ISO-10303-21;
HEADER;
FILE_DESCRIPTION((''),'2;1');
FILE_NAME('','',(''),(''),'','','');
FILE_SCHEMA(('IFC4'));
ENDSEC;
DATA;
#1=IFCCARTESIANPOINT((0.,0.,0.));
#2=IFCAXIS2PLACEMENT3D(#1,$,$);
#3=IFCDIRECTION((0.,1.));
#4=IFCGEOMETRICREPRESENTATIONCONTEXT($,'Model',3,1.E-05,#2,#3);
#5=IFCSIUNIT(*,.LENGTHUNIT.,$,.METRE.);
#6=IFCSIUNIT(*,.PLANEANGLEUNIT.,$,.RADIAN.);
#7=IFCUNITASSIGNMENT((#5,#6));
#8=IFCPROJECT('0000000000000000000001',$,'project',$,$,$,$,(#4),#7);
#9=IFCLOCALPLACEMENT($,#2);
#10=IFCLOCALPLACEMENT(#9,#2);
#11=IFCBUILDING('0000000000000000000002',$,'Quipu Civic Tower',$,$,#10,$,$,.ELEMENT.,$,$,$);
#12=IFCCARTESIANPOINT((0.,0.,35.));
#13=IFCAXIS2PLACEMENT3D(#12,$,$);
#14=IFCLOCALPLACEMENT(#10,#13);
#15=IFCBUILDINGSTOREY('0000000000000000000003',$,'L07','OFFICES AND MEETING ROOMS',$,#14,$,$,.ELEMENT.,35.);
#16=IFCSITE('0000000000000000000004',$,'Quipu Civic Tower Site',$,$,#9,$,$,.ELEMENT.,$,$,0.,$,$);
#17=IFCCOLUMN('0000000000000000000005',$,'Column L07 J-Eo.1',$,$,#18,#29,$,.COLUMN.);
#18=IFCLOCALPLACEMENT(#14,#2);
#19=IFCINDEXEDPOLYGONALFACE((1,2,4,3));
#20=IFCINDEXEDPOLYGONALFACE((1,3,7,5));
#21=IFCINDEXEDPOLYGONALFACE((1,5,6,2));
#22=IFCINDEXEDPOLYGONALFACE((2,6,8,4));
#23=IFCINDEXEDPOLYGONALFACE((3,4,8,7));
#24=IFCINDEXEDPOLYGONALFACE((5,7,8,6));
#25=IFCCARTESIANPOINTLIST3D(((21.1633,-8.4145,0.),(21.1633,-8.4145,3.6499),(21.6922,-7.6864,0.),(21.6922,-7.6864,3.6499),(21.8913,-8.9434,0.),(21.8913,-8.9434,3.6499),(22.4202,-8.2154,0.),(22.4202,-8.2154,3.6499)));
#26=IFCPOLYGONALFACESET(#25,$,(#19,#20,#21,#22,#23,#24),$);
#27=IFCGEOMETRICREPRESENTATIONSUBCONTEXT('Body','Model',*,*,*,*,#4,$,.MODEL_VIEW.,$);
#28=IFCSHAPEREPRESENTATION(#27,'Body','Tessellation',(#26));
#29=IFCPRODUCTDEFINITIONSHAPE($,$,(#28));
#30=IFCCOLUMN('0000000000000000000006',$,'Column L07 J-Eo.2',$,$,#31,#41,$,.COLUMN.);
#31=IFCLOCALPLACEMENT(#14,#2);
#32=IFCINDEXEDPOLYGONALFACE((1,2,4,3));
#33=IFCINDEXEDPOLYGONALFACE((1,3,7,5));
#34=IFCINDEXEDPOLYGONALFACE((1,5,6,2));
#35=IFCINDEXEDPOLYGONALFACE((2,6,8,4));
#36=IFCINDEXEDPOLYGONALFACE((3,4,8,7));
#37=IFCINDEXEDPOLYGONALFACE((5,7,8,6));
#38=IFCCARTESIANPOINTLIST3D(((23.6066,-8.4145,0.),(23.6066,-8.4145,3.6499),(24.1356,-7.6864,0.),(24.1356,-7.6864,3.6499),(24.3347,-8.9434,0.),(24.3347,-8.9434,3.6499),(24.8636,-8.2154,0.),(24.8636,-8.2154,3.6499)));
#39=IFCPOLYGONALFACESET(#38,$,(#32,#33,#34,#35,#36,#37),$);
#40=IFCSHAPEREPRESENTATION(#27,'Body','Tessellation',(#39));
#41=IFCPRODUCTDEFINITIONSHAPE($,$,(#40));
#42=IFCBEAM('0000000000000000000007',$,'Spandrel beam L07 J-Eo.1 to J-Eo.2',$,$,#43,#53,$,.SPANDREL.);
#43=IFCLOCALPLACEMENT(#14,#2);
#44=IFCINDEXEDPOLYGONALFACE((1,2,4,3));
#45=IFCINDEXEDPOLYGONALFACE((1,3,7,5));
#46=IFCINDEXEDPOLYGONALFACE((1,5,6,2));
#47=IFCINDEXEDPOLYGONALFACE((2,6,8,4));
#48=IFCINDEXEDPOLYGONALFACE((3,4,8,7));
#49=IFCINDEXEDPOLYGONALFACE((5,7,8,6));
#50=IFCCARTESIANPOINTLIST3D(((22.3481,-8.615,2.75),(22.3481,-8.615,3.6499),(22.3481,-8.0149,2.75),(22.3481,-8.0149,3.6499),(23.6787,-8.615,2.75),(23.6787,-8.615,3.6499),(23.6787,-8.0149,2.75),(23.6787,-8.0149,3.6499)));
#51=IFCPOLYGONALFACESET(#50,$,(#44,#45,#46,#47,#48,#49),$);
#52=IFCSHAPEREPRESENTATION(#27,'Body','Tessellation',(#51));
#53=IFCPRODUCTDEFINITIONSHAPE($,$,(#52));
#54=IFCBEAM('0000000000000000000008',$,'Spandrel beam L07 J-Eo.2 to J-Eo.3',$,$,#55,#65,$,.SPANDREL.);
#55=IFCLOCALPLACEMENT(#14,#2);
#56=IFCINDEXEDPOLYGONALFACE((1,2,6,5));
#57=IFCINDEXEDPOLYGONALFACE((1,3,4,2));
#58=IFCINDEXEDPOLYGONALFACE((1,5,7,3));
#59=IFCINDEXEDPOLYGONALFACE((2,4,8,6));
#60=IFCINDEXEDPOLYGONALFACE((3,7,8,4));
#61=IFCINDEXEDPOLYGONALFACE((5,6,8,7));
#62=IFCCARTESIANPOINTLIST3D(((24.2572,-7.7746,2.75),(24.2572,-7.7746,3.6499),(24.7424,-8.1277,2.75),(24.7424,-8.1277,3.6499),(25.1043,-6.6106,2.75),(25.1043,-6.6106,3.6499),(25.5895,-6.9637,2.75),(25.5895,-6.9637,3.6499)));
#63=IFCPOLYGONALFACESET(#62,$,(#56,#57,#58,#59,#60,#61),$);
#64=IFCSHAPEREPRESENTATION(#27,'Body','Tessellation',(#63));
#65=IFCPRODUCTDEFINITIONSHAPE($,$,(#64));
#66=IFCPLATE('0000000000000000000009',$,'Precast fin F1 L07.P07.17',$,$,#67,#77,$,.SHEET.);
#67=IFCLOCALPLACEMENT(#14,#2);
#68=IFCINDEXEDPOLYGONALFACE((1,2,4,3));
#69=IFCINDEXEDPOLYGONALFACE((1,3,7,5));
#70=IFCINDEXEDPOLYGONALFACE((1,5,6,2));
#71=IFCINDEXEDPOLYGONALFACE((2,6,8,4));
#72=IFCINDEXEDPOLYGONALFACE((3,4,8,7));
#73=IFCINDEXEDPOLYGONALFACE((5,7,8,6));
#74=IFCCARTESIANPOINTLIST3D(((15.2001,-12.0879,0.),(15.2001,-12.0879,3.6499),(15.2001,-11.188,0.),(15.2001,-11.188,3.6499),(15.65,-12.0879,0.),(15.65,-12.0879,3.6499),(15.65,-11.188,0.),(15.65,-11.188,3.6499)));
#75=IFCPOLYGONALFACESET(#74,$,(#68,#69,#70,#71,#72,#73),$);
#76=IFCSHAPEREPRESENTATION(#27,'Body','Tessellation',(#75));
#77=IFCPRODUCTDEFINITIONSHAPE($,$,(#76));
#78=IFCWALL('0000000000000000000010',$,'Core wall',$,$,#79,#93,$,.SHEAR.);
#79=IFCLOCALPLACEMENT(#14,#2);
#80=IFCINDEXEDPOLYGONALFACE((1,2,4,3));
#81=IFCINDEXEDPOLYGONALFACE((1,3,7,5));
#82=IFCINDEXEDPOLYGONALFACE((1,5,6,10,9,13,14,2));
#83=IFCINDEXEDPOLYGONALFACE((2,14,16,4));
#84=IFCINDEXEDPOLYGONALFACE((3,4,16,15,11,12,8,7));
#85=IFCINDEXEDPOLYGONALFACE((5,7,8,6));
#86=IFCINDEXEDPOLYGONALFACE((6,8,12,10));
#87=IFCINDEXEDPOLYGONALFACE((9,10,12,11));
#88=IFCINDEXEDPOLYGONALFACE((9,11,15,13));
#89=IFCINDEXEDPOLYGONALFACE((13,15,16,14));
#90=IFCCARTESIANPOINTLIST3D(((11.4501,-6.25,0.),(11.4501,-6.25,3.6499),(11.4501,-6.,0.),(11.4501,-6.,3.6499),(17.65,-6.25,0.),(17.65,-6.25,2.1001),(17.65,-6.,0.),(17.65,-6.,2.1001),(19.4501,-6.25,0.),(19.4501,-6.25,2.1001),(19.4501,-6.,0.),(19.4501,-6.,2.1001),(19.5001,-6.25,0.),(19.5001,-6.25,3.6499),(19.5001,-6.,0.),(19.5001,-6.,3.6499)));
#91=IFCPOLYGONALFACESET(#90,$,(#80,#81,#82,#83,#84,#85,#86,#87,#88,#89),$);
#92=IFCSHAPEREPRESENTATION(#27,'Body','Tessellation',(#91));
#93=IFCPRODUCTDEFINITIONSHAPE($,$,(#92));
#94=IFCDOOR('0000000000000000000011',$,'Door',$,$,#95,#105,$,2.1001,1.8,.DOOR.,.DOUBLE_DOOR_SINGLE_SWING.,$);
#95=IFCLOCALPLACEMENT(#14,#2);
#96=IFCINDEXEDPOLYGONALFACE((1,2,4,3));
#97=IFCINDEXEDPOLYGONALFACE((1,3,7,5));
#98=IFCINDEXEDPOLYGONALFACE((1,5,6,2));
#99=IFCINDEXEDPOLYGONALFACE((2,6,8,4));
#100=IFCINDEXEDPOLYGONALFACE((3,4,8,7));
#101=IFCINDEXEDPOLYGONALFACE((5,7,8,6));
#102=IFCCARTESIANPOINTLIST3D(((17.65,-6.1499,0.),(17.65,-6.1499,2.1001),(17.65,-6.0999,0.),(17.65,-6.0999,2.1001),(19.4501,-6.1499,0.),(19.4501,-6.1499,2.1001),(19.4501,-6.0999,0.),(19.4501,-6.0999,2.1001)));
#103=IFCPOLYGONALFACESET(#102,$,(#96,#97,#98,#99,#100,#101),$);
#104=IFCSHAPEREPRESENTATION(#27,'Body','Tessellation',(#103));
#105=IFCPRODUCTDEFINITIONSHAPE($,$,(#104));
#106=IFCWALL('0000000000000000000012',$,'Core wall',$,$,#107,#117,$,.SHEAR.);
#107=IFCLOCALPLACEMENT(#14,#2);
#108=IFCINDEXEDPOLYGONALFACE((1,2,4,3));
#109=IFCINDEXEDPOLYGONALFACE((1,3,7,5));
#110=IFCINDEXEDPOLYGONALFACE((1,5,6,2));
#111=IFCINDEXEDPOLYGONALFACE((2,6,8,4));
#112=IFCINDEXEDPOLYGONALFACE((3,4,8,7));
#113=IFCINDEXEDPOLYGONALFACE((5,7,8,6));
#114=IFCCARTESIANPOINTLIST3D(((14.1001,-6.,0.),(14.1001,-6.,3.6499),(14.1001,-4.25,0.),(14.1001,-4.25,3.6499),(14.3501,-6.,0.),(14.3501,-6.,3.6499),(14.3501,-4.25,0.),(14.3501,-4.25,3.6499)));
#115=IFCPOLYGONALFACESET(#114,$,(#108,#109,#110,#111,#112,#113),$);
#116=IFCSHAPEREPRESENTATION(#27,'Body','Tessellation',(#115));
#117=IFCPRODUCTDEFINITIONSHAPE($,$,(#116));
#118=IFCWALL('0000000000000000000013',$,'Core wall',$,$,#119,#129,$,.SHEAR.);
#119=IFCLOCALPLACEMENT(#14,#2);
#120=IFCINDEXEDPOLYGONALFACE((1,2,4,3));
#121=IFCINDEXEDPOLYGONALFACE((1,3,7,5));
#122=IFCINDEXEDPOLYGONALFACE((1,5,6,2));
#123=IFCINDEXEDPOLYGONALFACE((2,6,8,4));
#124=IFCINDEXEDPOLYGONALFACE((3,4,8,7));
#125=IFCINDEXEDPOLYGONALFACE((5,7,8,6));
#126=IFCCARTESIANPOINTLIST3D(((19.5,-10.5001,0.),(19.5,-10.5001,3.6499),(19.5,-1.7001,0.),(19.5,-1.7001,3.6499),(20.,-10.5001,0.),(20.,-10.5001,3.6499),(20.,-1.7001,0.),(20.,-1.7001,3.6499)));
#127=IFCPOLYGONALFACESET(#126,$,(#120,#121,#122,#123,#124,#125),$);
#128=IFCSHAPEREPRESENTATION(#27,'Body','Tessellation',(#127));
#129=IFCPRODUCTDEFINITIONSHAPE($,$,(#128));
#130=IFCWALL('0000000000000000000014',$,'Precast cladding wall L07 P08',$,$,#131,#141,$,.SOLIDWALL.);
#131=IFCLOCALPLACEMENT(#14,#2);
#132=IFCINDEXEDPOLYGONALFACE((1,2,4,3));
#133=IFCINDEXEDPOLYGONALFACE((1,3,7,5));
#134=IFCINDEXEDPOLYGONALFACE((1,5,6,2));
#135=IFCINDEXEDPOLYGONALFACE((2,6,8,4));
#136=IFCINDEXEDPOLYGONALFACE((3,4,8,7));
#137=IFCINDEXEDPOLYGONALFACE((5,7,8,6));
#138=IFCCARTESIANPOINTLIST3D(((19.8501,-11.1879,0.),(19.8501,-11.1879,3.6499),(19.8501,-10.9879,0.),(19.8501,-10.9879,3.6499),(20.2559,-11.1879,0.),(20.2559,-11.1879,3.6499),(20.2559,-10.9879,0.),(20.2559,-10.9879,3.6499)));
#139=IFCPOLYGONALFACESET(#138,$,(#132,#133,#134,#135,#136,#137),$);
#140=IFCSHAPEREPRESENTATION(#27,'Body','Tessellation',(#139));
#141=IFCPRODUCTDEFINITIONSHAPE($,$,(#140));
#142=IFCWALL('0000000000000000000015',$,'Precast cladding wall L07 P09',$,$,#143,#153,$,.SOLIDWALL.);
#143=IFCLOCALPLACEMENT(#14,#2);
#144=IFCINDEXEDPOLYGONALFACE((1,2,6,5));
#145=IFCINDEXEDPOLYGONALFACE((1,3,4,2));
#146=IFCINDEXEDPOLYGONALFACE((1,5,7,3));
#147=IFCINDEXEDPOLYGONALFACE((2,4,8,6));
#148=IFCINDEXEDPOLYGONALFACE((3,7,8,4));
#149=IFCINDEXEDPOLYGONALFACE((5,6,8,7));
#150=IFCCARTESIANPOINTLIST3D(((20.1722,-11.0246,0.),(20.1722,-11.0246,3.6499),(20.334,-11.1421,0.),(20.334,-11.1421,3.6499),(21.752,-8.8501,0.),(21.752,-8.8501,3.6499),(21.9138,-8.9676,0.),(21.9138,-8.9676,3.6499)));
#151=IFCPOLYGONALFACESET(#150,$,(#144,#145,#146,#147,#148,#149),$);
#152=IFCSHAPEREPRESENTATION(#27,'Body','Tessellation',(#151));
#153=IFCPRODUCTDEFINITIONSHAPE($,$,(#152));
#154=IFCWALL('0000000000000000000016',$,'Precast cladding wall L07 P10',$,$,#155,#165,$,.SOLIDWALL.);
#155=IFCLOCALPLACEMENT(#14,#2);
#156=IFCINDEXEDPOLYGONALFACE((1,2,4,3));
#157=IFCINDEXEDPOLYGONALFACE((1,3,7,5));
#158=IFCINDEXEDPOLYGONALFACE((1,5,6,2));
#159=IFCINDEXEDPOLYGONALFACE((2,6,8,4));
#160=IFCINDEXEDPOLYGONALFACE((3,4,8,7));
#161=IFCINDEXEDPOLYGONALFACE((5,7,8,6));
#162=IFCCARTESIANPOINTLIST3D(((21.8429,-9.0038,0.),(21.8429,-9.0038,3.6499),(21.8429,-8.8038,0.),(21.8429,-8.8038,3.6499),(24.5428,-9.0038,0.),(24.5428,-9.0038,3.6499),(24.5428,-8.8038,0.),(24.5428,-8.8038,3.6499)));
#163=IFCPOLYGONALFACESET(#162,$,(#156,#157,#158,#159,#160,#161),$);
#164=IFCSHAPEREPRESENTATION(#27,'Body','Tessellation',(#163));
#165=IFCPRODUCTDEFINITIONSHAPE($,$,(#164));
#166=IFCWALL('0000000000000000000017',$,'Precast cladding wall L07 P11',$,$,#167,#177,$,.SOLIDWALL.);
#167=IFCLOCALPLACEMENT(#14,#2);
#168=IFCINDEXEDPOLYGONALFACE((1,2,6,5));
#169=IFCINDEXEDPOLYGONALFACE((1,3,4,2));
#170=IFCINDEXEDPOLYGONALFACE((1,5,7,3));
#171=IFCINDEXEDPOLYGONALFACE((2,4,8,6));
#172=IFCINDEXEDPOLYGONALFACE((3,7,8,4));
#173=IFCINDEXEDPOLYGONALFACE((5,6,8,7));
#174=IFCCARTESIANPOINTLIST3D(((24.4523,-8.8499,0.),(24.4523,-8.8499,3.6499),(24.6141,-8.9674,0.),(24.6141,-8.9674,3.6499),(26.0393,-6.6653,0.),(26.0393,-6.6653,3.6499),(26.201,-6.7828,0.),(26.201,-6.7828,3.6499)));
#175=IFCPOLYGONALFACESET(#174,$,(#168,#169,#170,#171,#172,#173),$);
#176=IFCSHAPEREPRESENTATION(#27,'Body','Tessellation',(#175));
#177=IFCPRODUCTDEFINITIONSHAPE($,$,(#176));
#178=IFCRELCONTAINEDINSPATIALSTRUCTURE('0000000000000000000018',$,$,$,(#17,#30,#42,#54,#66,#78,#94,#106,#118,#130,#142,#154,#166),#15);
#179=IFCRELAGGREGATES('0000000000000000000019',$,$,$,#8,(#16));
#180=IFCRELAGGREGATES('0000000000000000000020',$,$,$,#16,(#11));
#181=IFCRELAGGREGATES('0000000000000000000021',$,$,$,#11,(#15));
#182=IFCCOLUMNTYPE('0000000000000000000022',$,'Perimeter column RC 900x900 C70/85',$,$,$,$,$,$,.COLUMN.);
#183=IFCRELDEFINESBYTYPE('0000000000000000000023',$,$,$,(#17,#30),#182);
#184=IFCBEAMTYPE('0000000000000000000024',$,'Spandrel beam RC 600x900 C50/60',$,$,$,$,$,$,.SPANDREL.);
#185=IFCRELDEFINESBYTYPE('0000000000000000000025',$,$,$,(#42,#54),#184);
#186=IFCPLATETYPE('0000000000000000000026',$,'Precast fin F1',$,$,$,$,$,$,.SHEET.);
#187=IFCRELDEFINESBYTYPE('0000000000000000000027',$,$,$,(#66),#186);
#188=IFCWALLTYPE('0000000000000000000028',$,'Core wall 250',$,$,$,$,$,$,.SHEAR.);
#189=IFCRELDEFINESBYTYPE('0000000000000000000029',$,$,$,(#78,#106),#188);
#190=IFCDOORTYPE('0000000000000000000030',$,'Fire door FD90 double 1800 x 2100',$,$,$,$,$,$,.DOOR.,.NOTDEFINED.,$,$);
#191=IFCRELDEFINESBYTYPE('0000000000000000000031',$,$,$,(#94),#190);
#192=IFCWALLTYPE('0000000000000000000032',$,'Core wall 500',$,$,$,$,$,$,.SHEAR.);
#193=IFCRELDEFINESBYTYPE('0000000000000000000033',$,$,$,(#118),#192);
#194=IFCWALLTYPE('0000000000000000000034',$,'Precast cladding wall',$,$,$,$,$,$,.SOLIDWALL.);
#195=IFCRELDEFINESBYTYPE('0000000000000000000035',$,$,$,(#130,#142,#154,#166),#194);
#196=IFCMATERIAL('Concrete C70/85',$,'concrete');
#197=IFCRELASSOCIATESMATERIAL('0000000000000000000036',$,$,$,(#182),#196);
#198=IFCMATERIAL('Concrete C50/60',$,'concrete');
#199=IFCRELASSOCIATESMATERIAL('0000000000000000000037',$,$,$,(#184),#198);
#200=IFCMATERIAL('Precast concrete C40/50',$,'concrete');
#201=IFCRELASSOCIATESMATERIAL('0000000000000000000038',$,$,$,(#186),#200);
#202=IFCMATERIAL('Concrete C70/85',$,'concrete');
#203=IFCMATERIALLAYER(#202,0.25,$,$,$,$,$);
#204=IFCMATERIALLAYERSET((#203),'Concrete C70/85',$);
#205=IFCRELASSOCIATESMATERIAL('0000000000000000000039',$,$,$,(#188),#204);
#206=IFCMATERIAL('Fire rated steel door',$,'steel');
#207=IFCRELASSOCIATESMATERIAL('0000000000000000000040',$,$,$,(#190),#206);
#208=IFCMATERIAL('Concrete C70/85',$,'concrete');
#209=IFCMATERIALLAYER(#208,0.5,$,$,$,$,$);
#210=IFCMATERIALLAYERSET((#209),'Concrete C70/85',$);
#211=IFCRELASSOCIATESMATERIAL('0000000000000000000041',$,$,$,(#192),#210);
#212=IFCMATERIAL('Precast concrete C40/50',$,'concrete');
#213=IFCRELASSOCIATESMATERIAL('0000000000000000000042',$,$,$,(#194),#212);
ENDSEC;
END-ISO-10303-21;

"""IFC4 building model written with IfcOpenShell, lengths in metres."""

from ifc_helpers import new_model, si_unit, direction, frame, frame_2d, origin, origin_2d, place, context, subcontext, project, spatial, rectangle, extrude, material, layer, layer_set, material_profile, profile_set, type_object, element, fill, save


model = new_model("IFC4")

# Units and contexts
model_context = context("Model", 3, precision=1e-05, world=origin(), true_north=direction((0.0, 1.0)))
body_context = subcontext(model_context, "Body", "Model", "MODEL_VIEW")
ifc_project = project(units=[si_unit("LENGTHUNIT", "METRE"), si_unit("PLANEANGLEUNIT", "RADIAN")], contexts=[model_context])

# Site, building, storey
site_placement = place(None, origin())
site = spatial("IfcSite", under=ifc_project, at=site_placement, Name="Quipu Civic Tower Site", CompositionType="ELEMENT", RefElevation=0.0)
building_placement = place(site_placement, origin())
building = spatial("IfcBuilding", under=site, at=building_placement, Name="Quipu Civic Tower", CompositionType="ELEMENT")
storey_placement = place(building_placement, frame((0.0, 0.0, 35.0)))
storey = spatial("IfcBuildingStorey", under=building, at=storey_placement, Name="L07", Description="OFFICES AND MEETING ROOMS", CompositionType="ELEMENT", Elevation=35.0)

# Columns
ifc_material_1 = material(Name="Concrete C70/85", Category="concrete")
ifc_material_profile_1 = material_profile(ifc_material_1, rectangle(XDim=0.8999, YDim=0.8999, at=origin_2d()), Name="RC900x900")
ifc_profile_set_1 = profile_set([ifc_material_profile_1], Name="Concrete C70/85")
column_type = type_object("IfcColumnType", Name="Perimeter column RC 900x900 C70/85", PredefinedType="COLUMN", material=ifc_profile_set_1)
for number, where, z_axis, x_axis, name in (
    (1, (21.7917, -8.3149, 0.0), (0.0, 0.0, 1.0), (0.587785, 0.809017, 0.0), "Column L07 J-Eo.1"),
    (2, (24.2351, -8.3149, 0.0), (0.0, 0.0, 1.0), (0.587785, 0.809017, 0.0), "Column L07 J-Eo.2"),
):
    element("IfcColumn", number, at=place(storey_placement, frame(where, z_axis=z_axis, x_axis=x_axis)), inside=storey, type_object=column_type, Name=name, PredefinedType="COLUMN", context=body_context, shape_type="SweptSolid", body=[
        extrude(rectangle(XDim=0.8999, YDim=0.8999, at=origin_2d()), origin(), (0.0, 0.0, 1.0), 3.6499),
    ])

# Beams
ifc_material_2 = material(Name="Concrete C50/60", Category="concrete")
ifc_material_profile_2 = material_profile(ifc_material_2, rectangle(XDim=0.6001, YDim=0.8999, at=origin_2d()), Name="RC600x900")
ifc_profile_set_2 = profile_set([ifc_material_profile_2], Name="Concrete C50/60")
beam_type = type_object("IfcBeamType", Name="Spandrel beam RC 600x900 C50/60", PredefinedType="SPANDREL", material=ifc_profile_set_2)
beam_1_placement = place(storey_placement, frame((22.3481, -8.3149, 3.2), z_axis=(1.0, 0.0, 0.0), x_axis=(0.0, 1.0, 0.0)))
element("IfcBeam", 3, at=beam_1_placement, inside=storey, type_object=beam_type, Name="Spandrel beam L07 J-Eo.1 to J-Eo.2", PredefinedType="SPANDREL", context=body_context, shape_type="SweptSolid", body=[
    extrude(rectangle(XDim=0.6001, YDim=0.8999, at=origin_2d()), origin(), (0.0, 0.0, 1.0), 1.3306),
])
beam_2_placement = place(storey_placement, frame((24.4998, -7.9512, 3.2), z_axis=(0.588434, 0.808545, 0.0), x_axis=(-0.808545, 0.588434, 0.0)))
element("IfcBeam", 4, at=beam_2_placement, inside=storey, type_object=beam_type, Name="Spandrel beam L07 J-Eo.2 to J-Eo.3", PredefinedType="SPANDREL", context=body_context, shape_type="SweptSolid", body=[
    extrude(rectangle(XDim=0.6001, YDim=0.8999, at=origin_2d()), origin(), (0.0, 0.0, 1.0), 1.4397),
])

# Plate
ifc_material_3 = material(Name="Precast concrete C40/50", Category="concrete")
plate_type = type_object("IfcPlateType", Name="Precast fin F1", PredefinedType="SHEET", material=ifc_material_3)
plate_placement = place(storey_placement, frame((15.425, -11.6379, 0.0), z_axis=(0.0, 0.0, 1.0), x_axis=(1.0, 0.0, 0.0)))
element("IfcPlate", 5, at=plate_placement, inside=storey, type_object=plate_type, Name="Precast fin F1 L07.P07.17", PredefinedType="SHEET", context=body_context, shape_type="SweptSolid", body=[
    extrude(rectangle(XDim=0.45, YDim=0.8999, at=origin_2d()), origin(), (0.0, 0.0, 1.0), 3.6499),
])

# Wall, opening, door
ifc_material_4 = material(Name="Concrete C70/85", Category="concrete")
ifc_layer_1 = layer(ifc_material_4, 0.25)
ifc_layer_set_1 = layer_set([ifc_layer_1], Name="Concrete C70/85")
wall_type_1 = type_object("IfcWallType", Name="Core wall 250", PredefinedType="SHEAR", material=ifc_layer_set_1)
wall_1_placement = place(storey_placement, frame((19.5, -6.125, 0.0), z_axis=(0.0, 0.0, 1.0), x_axis=(-1.0, 0.0, 0.0)))
wall_1 = element("IfcWall", 6, at=wall_1_placement, inside=storey, type_object=wall_type_1, Name="Core wall", PredefinedType="SHEAR", context=body_context, shape_type="SweptSolid", body=[
    extrude(rectangle(XDim=8.05, YDim=0.25, at=frame_2d((4.0249, 0.0))), origin(), (0.0, 0.0, 1.0), 3.6499),
])
opening_placement = place(wall_1_placement, frame((0.05, 0.0, 0.0)))
opening = element("IfcOpeningElement", 7, at=opening_placement, cuts=wall_1, PredefinedType="OPENING", context=body_context, shape_type="SweptSolid", body=[
    extrude(rectangle(XDim=1.8, YDim=2.1001, at=frame_2d((0.8999, 1.05))), frame((0.0, 0.135, 0.0), z_axis=(0.0, -1.0, 0.0), x_axis=(1.0, 0.0, 0.0)), (0.0, 0.0, 1.0), 0.27),
])
ifc_material_5 = material(Name="Fire rated steel door", Category="steel")
door_type = type_object("IfcDoorType", Name="Fire door FD90 double 1800 x 2100", OperationType="NOTDEFINED", PredefinedType="DOOR", material=ifc_material_5)
door_placement = place(opening_placement, origin())
door = element("IfcDoor", 8, at=door_placement, inside=storey, type_object=door_type, Name="Door", OperationType="DOUBLE_DOOR_SINGLE_SWING", OverallHeight=2.1001, OverallWidth=1.8, PredefinedType="DOOR", context=body_context, shape_type="SweptSolid", body=[
    extrude(rectangle(XDim=1.8, YDim=2.1001, at=frame_2d((0.8999, 1.05))), frame((0.0, 0.0249, 0.0), z_axis=(0.0, -1.0, 0.0), x_axis=(1.0, 0.0, 0.0)), (0.0, 0.0, 1.0), 0.05),
])
fill(opening, door)

# Walls
wall_2_placement = place(storey_placement, frame((14.2251, -6.0, 0.0), z_axis=(0.0, 0.0, 1.0), x_axis=(0.0, 1.0, 0.0)))
element("IfcWall", 9, at=wall_2_placement, inside=storey, type_object=wall_type_1, Name="Core wall", PredefinedType="SHEAR", context=body_context, shape_type="SweptSolid", body=[
    extrude(rectangle(XDim=1.75, YDim=0.25, at=frame_2d((0.875, 0.0))), origin(), (0.0, 0.0, 1.0), 3.6499),
])
ifc_material_6 = material(Name="Concrete C70/85", Category="concrete")
ifc_layer_2 = layer(ifc_material_6, 0.5)
ifc_layer_set_2 = layer_set([ifc_layer_2], Name="Concrete C70/85")
wall_type_2 = type_object("IfcWallType", Name="Core wall 500", PredefinedType="SHEAR", material=ifc_layer_set_2)
wall_3_placement = place(storey_placement, frame((19.75, -10.5, 0.0), z_axis=(0.0, 0.0, 1.0), x_axis=(0.0, 1.0, 0.0)))
element("IfcWall", 10, at=wall_3_placement, inside=storey, type_object=wall_type_2, Name="Core wall", PredefinedType="SHEAR", context=body_context, shape_type="SweptSolid", body=[
    extrude(rectangle(XDim=8.8, YDim=0.5, at=frame_2d((4.3999, 0.0))), origin(), (0.0, 0.0, 1.0), 3.6499),
])
ifc_material_7 = material(Name="Precast concrete C40/50", Category="concrete")
wall_type_3 = type_object("IfcWallType", Name="Precast cladding wall", PredefinedType="SOLIDWALL", material=ifc_material_7)
wall_4_placement = place(storey_placement, frame((19.8501, -11.0879, 0.0), z_axis=(0.0, 0.0, 1.0), x_axis=(1.0, 0.0, 0.0)))
element("IfcWall", 11, at=wall_4_placement, inside=storey, type_object=wall_type_3, Name="Precast cladding wall L07 P08", PredefinedType="SOLIDWALL", context=body_context, shape_type="SweptSolid", body=[
    extrude(rectangle(XDim=0.4058, YDim=0.2, at=frame_2d((0.2029, 0.0))), origin(), (0.0, 0.0, 1.0), 3.6499),
])
wall_5_placement = place(storey_placement, frame((20.2532, -11.0833, 0.0), z_axis=(0.0, 0.0, 1.0), x_axis=(0.587767, 0.809031, 0.0)))
element("IfcWall", 12, at=wall_5_placement, inside=storey, type_object=wall_type_3, Name="Precast cladding wall L07 P09", PredefinedType="SOLIDWALL", context=body_context, shape_type="SweptSolid", body=[
    extrude(rectangle(XDim=2.6877, YDim=0.2, at=frame_2d((1.3438, 0.0))), origin(), (0.0, 0.0, 1.0), 3.6499),
])
wall_6_placement = place(storey_placement, frame((21.8428, -8.9038, 0.0), z_axis=(0.0, 0.0, 1.0), x_axis=(1.0, 0.0, 0.0)))
element("IfcWall", 13, at=wall_6_placement, inside=storey, type_object=wall_type_3, Name="Precast cladding wall L07 P10", PredefinedType="SOLIDWALL", context=body_context, shape_type="SweptSolid", body=[
    extrude(rectangle(XDim=2.7, YDim=0.2, at=frame_2d((1.3501, 0.0))), origin(), (0.0, 0.0, 1.0), 3.6499),
])
wall_7_placement = place(storey_placement, frame((24.5332, -8.9087, 0.0), z_axis=(0.0, 0.0, 1.0), x_axis=(0.58772, 0.809064, 0.0)))
element("IfcWall", 14, at=wall_7_placement, inside=storey, type_object=wall_type_3, Name="Precast cladding wall L07 P11", PredefinedType="SOLIDWALL", context=body_context, shape_type="SweptSolid", body=[
    extrude(rectangle(XDim=2.7002, YDim=0.2, at=frame_2d((1.3501, 0.0))), origin(), (0.0, 0.0, 1.0), 3.6499),
])

save(model, "model.ifc")
